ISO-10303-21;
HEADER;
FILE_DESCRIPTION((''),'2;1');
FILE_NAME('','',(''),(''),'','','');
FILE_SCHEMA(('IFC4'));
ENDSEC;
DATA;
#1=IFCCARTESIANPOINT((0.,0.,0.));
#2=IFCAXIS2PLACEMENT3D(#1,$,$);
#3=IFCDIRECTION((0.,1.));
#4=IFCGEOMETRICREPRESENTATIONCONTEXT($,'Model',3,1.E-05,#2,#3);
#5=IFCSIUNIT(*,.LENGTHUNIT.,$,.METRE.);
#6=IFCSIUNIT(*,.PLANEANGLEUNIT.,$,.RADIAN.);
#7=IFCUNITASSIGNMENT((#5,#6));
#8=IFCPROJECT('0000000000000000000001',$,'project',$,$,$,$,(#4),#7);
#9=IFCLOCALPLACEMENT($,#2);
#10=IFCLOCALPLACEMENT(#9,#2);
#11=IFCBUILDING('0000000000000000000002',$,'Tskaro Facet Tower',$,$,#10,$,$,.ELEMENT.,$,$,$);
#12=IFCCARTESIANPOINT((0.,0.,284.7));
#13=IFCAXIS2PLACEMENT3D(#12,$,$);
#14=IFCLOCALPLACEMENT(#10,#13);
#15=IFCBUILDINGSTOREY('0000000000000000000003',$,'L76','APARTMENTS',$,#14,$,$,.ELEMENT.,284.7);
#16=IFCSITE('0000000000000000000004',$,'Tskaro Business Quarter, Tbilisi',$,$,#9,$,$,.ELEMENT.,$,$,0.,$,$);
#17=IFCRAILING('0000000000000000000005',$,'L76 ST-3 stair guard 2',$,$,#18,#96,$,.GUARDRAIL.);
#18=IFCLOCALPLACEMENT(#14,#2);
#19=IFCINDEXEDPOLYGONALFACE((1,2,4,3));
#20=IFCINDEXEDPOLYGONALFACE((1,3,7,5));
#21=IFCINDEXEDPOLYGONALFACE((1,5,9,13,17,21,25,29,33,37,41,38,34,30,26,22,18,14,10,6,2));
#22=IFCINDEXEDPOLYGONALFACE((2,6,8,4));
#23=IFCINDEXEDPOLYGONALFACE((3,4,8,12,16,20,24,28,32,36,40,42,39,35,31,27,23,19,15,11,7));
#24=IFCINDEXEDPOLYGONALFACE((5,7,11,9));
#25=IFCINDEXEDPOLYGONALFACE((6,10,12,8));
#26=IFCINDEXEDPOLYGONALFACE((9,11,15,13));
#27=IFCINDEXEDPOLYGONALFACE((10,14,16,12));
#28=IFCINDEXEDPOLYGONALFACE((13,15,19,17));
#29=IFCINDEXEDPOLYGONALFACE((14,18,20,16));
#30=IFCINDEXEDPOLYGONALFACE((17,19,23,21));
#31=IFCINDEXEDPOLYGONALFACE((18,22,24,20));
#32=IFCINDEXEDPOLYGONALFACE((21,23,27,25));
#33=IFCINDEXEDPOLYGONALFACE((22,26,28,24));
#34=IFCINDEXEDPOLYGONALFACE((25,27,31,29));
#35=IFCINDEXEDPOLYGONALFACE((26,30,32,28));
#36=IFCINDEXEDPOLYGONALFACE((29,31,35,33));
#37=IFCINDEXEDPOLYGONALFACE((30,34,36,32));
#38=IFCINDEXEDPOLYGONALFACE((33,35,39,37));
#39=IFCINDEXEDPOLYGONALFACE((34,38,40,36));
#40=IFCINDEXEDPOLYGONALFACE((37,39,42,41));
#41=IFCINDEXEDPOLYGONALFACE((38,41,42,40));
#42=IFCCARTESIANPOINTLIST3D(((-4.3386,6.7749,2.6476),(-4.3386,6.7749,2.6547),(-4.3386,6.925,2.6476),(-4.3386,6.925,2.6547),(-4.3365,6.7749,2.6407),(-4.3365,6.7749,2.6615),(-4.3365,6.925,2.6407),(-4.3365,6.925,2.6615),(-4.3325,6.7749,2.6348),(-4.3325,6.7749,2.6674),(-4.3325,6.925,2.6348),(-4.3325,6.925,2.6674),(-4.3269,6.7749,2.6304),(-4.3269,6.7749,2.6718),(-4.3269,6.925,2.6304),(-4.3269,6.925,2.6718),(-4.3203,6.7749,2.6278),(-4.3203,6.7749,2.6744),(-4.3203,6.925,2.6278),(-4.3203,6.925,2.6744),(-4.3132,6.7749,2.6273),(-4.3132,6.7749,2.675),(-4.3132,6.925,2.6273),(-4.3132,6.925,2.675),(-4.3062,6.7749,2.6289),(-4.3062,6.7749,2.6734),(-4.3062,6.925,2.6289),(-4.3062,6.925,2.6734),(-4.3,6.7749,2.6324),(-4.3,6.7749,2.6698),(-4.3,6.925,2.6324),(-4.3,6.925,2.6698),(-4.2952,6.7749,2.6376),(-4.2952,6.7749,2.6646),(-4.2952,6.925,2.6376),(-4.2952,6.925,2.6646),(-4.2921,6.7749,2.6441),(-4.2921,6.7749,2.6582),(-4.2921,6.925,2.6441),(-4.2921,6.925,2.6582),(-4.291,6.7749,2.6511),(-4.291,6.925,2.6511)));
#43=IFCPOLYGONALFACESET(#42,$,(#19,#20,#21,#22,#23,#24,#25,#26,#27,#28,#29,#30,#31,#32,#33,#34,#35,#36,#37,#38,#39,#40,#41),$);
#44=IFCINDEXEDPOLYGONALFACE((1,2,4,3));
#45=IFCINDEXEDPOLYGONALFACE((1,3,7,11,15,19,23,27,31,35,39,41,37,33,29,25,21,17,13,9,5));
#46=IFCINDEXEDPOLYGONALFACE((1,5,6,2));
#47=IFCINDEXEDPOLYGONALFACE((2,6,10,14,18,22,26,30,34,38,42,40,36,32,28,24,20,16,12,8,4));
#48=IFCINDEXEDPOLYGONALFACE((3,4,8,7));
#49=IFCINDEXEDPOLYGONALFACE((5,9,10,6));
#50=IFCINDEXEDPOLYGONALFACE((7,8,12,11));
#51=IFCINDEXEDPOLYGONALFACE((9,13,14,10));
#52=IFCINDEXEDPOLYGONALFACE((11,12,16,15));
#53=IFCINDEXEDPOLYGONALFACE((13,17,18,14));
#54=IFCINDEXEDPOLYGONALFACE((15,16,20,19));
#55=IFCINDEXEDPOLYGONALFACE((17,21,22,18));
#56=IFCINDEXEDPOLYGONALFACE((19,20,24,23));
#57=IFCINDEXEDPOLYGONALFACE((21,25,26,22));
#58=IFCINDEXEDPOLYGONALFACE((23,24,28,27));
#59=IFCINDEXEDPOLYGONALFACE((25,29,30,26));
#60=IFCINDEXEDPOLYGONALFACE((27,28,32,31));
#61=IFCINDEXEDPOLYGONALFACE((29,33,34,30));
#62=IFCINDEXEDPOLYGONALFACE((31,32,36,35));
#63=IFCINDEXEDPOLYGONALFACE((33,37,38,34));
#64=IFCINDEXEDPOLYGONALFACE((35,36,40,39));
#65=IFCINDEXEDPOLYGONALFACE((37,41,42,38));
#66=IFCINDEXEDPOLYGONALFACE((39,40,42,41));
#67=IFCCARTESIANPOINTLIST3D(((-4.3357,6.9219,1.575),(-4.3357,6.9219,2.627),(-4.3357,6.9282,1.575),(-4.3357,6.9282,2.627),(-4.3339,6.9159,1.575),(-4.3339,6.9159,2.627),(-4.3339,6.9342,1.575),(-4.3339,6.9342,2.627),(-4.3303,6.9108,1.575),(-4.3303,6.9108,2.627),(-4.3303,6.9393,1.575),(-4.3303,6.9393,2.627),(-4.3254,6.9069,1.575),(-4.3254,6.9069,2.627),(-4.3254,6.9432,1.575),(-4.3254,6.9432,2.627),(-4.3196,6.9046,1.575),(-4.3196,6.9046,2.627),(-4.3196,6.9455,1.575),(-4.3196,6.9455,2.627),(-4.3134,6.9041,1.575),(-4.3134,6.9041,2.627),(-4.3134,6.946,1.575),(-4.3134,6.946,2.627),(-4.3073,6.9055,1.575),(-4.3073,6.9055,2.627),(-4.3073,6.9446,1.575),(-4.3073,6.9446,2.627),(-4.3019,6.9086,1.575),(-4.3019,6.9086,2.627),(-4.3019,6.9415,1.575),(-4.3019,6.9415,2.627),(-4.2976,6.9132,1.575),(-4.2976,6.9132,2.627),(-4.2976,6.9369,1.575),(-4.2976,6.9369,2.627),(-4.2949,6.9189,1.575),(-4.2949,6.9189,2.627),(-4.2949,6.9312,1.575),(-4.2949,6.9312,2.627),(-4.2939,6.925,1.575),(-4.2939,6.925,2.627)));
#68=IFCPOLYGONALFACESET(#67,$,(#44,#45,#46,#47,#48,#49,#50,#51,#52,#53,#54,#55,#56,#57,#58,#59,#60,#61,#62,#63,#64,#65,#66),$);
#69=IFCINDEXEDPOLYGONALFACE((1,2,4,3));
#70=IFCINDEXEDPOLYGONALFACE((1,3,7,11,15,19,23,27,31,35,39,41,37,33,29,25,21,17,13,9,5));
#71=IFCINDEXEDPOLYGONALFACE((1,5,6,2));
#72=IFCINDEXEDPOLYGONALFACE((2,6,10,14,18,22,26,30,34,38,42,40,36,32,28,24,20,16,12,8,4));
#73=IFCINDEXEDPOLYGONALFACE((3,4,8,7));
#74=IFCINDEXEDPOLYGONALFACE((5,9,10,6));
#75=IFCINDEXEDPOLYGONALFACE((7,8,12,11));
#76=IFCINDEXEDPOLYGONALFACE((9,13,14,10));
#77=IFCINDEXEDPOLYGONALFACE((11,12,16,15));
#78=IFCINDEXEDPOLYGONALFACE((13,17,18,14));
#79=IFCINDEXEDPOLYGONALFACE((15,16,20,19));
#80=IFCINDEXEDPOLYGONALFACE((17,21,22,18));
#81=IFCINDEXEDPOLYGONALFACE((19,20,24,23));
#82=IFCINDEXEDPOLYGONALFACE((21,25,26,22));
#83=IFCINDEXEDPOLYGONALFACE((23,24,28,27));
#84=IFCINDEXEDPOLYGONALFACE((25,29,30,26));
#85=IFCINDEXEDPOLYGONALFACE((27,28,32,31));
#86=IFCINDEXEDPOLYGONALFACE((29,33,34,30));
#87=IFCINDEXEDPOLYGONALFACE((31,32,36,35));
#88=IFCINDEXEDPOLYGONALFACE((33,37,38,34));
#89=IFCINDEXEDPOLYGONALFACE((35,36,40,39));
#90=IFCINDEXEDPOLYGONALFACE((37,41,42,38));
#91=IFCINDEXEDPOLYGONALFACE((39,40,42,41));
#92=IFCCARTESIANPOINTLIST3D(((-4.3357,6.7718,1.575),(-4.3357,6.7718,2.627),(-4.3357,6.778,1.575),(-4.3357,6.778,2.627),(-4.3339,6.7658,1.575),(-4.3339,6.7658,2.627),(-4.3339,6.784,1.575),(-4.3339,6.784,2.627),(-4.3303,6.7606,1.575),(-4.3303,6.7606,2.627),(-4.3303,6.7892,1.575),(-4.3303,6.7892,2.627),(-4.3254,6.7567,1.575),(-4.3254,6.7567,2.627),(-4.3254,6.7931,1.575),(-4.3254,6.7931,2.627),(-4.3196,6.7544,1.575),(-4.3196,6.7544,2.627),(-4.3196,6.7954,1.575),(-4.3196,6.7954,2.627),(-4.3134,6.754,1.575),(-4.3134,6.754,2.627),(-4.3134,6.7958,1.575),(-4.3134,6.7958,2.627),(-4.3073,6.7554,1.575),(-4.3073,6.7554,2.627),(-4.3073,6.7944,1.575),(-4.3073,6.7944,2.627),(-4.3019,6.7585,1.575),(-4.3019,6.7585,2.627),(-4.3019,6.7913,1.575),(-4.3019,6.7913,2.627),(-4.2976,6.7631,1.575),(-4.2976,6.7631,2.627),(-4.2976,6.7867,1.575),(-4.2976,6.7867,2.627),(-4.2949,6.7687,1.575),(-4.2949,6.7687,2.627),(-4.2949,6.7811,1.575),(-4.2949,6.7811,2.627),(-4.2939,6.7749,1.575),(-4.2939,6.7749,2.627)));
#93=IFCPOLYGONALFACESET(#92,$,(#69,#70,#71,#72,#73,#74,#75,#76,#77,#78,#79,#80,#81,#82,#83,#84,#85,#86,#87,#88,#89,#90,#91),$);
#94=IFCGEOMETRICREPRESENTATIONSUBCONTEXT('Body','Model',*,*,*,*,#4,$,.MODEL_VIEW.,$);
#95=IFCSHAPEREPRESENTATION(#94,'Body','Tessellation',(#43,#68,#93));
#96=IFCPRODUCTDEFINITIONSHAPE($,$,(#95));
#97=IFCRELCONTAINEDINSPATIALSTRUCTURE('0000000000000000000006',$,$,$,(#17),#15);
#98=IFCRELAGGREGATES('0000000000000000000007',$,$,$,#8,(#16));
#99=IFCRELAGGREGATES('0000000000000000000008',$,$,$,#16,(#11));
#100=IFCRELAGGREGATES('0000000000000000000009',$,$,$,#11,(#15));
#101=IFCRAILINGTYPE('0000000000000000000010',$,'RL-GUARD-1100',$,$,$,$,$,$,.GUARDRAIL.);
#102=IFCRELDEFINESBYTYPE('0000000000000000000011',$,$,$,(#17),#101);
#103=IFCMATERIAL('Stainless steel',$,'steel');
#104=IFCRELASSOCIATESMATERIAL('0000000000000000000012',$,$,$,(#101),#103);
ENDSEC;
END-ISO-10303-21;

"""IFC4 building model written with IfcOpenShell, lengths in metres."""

from ifc_helpers import new_model, si_unit, direction, frame, origin, origin_2d, place, context, subcontext, project, spatial, circle, extrude, material, type_object, element, save


model = new_model("IFC4")

# Units and contexts
model_context = context("Model", 3, precision=1e-05, world=origin(), true_north=direction((0.0, 1.0)))
body_context = subcontext(model_context, "Body", "Model", "MODEL_VIEW")
ifc_project = project(units=[si_unit("LENGTHUNIT", "METRE"), si_unit("PLANEANGLEUNIT", "RADIAN")], contexts=[model_context])

# Site, building, storey
site_placement = place(None, origin())
site = spatial("IfcSite", under=ifc_project, at=site_placement, Name="Tskaro Business Quarter, Tbilisi", CompositionType="ELEMENT", RefElevation=0.0)
building_placement = place(site_placement, origin())
building = spatial("IfcBuilding", under=site, at=building_placement, Name="Tskaro Facet Tower", CompositionType="ELEMENT")
storey_placement = place(building_placement, frame((0.0, 0.0, 284.7)))
storey = spatial("IfcBuildingStorey", under=building, at=storey_placement, Name="L76", Description="APARTMENTS", CompositionType="ELEMENT", Elevation=284.7)

# Railing
ifc_material_1 = material(Name="Stainless steel", Category="steel")
railing_type_1 = type_object("IfcRailingType", Name="RL-GUARD-1100", PredefinedType="GUARDRAIL", material=ifc_material_1)
railing_1_placement = place(storey_placement, frame((-4.3149, 6.925, 1.575)))
element("IfcRailing", 1, at=railing_1_placement, inside=storey, type_object=railing_type_1, Name="L76 ST-3 stair guard 2", PredefinedType="GUARDRAIL", context=body_context, shape_type="SweptSolid", body=[
    extrude(circle(Radius=0.0239, at=origin_2d()), frame((0.0, 0.0, 1.0762), z_axis=(0.0, -1.0, 0.0), x_axis=(1.0, 0.0, 0.0)), (0.0, 0.0, 1.0), 0.1501),
    extrude(circle(Radius=0.021, at=origin_2d()), origin(), (0.0, 0.0, 1.0), 1.052),
    extrude(circle(Radius=0.021, at=origin_2d()), frame((0.0, -0.1501, 0.0)), (0.0, 0.0, 1.0), 1.052),
])

save(model, "model.ifc")
